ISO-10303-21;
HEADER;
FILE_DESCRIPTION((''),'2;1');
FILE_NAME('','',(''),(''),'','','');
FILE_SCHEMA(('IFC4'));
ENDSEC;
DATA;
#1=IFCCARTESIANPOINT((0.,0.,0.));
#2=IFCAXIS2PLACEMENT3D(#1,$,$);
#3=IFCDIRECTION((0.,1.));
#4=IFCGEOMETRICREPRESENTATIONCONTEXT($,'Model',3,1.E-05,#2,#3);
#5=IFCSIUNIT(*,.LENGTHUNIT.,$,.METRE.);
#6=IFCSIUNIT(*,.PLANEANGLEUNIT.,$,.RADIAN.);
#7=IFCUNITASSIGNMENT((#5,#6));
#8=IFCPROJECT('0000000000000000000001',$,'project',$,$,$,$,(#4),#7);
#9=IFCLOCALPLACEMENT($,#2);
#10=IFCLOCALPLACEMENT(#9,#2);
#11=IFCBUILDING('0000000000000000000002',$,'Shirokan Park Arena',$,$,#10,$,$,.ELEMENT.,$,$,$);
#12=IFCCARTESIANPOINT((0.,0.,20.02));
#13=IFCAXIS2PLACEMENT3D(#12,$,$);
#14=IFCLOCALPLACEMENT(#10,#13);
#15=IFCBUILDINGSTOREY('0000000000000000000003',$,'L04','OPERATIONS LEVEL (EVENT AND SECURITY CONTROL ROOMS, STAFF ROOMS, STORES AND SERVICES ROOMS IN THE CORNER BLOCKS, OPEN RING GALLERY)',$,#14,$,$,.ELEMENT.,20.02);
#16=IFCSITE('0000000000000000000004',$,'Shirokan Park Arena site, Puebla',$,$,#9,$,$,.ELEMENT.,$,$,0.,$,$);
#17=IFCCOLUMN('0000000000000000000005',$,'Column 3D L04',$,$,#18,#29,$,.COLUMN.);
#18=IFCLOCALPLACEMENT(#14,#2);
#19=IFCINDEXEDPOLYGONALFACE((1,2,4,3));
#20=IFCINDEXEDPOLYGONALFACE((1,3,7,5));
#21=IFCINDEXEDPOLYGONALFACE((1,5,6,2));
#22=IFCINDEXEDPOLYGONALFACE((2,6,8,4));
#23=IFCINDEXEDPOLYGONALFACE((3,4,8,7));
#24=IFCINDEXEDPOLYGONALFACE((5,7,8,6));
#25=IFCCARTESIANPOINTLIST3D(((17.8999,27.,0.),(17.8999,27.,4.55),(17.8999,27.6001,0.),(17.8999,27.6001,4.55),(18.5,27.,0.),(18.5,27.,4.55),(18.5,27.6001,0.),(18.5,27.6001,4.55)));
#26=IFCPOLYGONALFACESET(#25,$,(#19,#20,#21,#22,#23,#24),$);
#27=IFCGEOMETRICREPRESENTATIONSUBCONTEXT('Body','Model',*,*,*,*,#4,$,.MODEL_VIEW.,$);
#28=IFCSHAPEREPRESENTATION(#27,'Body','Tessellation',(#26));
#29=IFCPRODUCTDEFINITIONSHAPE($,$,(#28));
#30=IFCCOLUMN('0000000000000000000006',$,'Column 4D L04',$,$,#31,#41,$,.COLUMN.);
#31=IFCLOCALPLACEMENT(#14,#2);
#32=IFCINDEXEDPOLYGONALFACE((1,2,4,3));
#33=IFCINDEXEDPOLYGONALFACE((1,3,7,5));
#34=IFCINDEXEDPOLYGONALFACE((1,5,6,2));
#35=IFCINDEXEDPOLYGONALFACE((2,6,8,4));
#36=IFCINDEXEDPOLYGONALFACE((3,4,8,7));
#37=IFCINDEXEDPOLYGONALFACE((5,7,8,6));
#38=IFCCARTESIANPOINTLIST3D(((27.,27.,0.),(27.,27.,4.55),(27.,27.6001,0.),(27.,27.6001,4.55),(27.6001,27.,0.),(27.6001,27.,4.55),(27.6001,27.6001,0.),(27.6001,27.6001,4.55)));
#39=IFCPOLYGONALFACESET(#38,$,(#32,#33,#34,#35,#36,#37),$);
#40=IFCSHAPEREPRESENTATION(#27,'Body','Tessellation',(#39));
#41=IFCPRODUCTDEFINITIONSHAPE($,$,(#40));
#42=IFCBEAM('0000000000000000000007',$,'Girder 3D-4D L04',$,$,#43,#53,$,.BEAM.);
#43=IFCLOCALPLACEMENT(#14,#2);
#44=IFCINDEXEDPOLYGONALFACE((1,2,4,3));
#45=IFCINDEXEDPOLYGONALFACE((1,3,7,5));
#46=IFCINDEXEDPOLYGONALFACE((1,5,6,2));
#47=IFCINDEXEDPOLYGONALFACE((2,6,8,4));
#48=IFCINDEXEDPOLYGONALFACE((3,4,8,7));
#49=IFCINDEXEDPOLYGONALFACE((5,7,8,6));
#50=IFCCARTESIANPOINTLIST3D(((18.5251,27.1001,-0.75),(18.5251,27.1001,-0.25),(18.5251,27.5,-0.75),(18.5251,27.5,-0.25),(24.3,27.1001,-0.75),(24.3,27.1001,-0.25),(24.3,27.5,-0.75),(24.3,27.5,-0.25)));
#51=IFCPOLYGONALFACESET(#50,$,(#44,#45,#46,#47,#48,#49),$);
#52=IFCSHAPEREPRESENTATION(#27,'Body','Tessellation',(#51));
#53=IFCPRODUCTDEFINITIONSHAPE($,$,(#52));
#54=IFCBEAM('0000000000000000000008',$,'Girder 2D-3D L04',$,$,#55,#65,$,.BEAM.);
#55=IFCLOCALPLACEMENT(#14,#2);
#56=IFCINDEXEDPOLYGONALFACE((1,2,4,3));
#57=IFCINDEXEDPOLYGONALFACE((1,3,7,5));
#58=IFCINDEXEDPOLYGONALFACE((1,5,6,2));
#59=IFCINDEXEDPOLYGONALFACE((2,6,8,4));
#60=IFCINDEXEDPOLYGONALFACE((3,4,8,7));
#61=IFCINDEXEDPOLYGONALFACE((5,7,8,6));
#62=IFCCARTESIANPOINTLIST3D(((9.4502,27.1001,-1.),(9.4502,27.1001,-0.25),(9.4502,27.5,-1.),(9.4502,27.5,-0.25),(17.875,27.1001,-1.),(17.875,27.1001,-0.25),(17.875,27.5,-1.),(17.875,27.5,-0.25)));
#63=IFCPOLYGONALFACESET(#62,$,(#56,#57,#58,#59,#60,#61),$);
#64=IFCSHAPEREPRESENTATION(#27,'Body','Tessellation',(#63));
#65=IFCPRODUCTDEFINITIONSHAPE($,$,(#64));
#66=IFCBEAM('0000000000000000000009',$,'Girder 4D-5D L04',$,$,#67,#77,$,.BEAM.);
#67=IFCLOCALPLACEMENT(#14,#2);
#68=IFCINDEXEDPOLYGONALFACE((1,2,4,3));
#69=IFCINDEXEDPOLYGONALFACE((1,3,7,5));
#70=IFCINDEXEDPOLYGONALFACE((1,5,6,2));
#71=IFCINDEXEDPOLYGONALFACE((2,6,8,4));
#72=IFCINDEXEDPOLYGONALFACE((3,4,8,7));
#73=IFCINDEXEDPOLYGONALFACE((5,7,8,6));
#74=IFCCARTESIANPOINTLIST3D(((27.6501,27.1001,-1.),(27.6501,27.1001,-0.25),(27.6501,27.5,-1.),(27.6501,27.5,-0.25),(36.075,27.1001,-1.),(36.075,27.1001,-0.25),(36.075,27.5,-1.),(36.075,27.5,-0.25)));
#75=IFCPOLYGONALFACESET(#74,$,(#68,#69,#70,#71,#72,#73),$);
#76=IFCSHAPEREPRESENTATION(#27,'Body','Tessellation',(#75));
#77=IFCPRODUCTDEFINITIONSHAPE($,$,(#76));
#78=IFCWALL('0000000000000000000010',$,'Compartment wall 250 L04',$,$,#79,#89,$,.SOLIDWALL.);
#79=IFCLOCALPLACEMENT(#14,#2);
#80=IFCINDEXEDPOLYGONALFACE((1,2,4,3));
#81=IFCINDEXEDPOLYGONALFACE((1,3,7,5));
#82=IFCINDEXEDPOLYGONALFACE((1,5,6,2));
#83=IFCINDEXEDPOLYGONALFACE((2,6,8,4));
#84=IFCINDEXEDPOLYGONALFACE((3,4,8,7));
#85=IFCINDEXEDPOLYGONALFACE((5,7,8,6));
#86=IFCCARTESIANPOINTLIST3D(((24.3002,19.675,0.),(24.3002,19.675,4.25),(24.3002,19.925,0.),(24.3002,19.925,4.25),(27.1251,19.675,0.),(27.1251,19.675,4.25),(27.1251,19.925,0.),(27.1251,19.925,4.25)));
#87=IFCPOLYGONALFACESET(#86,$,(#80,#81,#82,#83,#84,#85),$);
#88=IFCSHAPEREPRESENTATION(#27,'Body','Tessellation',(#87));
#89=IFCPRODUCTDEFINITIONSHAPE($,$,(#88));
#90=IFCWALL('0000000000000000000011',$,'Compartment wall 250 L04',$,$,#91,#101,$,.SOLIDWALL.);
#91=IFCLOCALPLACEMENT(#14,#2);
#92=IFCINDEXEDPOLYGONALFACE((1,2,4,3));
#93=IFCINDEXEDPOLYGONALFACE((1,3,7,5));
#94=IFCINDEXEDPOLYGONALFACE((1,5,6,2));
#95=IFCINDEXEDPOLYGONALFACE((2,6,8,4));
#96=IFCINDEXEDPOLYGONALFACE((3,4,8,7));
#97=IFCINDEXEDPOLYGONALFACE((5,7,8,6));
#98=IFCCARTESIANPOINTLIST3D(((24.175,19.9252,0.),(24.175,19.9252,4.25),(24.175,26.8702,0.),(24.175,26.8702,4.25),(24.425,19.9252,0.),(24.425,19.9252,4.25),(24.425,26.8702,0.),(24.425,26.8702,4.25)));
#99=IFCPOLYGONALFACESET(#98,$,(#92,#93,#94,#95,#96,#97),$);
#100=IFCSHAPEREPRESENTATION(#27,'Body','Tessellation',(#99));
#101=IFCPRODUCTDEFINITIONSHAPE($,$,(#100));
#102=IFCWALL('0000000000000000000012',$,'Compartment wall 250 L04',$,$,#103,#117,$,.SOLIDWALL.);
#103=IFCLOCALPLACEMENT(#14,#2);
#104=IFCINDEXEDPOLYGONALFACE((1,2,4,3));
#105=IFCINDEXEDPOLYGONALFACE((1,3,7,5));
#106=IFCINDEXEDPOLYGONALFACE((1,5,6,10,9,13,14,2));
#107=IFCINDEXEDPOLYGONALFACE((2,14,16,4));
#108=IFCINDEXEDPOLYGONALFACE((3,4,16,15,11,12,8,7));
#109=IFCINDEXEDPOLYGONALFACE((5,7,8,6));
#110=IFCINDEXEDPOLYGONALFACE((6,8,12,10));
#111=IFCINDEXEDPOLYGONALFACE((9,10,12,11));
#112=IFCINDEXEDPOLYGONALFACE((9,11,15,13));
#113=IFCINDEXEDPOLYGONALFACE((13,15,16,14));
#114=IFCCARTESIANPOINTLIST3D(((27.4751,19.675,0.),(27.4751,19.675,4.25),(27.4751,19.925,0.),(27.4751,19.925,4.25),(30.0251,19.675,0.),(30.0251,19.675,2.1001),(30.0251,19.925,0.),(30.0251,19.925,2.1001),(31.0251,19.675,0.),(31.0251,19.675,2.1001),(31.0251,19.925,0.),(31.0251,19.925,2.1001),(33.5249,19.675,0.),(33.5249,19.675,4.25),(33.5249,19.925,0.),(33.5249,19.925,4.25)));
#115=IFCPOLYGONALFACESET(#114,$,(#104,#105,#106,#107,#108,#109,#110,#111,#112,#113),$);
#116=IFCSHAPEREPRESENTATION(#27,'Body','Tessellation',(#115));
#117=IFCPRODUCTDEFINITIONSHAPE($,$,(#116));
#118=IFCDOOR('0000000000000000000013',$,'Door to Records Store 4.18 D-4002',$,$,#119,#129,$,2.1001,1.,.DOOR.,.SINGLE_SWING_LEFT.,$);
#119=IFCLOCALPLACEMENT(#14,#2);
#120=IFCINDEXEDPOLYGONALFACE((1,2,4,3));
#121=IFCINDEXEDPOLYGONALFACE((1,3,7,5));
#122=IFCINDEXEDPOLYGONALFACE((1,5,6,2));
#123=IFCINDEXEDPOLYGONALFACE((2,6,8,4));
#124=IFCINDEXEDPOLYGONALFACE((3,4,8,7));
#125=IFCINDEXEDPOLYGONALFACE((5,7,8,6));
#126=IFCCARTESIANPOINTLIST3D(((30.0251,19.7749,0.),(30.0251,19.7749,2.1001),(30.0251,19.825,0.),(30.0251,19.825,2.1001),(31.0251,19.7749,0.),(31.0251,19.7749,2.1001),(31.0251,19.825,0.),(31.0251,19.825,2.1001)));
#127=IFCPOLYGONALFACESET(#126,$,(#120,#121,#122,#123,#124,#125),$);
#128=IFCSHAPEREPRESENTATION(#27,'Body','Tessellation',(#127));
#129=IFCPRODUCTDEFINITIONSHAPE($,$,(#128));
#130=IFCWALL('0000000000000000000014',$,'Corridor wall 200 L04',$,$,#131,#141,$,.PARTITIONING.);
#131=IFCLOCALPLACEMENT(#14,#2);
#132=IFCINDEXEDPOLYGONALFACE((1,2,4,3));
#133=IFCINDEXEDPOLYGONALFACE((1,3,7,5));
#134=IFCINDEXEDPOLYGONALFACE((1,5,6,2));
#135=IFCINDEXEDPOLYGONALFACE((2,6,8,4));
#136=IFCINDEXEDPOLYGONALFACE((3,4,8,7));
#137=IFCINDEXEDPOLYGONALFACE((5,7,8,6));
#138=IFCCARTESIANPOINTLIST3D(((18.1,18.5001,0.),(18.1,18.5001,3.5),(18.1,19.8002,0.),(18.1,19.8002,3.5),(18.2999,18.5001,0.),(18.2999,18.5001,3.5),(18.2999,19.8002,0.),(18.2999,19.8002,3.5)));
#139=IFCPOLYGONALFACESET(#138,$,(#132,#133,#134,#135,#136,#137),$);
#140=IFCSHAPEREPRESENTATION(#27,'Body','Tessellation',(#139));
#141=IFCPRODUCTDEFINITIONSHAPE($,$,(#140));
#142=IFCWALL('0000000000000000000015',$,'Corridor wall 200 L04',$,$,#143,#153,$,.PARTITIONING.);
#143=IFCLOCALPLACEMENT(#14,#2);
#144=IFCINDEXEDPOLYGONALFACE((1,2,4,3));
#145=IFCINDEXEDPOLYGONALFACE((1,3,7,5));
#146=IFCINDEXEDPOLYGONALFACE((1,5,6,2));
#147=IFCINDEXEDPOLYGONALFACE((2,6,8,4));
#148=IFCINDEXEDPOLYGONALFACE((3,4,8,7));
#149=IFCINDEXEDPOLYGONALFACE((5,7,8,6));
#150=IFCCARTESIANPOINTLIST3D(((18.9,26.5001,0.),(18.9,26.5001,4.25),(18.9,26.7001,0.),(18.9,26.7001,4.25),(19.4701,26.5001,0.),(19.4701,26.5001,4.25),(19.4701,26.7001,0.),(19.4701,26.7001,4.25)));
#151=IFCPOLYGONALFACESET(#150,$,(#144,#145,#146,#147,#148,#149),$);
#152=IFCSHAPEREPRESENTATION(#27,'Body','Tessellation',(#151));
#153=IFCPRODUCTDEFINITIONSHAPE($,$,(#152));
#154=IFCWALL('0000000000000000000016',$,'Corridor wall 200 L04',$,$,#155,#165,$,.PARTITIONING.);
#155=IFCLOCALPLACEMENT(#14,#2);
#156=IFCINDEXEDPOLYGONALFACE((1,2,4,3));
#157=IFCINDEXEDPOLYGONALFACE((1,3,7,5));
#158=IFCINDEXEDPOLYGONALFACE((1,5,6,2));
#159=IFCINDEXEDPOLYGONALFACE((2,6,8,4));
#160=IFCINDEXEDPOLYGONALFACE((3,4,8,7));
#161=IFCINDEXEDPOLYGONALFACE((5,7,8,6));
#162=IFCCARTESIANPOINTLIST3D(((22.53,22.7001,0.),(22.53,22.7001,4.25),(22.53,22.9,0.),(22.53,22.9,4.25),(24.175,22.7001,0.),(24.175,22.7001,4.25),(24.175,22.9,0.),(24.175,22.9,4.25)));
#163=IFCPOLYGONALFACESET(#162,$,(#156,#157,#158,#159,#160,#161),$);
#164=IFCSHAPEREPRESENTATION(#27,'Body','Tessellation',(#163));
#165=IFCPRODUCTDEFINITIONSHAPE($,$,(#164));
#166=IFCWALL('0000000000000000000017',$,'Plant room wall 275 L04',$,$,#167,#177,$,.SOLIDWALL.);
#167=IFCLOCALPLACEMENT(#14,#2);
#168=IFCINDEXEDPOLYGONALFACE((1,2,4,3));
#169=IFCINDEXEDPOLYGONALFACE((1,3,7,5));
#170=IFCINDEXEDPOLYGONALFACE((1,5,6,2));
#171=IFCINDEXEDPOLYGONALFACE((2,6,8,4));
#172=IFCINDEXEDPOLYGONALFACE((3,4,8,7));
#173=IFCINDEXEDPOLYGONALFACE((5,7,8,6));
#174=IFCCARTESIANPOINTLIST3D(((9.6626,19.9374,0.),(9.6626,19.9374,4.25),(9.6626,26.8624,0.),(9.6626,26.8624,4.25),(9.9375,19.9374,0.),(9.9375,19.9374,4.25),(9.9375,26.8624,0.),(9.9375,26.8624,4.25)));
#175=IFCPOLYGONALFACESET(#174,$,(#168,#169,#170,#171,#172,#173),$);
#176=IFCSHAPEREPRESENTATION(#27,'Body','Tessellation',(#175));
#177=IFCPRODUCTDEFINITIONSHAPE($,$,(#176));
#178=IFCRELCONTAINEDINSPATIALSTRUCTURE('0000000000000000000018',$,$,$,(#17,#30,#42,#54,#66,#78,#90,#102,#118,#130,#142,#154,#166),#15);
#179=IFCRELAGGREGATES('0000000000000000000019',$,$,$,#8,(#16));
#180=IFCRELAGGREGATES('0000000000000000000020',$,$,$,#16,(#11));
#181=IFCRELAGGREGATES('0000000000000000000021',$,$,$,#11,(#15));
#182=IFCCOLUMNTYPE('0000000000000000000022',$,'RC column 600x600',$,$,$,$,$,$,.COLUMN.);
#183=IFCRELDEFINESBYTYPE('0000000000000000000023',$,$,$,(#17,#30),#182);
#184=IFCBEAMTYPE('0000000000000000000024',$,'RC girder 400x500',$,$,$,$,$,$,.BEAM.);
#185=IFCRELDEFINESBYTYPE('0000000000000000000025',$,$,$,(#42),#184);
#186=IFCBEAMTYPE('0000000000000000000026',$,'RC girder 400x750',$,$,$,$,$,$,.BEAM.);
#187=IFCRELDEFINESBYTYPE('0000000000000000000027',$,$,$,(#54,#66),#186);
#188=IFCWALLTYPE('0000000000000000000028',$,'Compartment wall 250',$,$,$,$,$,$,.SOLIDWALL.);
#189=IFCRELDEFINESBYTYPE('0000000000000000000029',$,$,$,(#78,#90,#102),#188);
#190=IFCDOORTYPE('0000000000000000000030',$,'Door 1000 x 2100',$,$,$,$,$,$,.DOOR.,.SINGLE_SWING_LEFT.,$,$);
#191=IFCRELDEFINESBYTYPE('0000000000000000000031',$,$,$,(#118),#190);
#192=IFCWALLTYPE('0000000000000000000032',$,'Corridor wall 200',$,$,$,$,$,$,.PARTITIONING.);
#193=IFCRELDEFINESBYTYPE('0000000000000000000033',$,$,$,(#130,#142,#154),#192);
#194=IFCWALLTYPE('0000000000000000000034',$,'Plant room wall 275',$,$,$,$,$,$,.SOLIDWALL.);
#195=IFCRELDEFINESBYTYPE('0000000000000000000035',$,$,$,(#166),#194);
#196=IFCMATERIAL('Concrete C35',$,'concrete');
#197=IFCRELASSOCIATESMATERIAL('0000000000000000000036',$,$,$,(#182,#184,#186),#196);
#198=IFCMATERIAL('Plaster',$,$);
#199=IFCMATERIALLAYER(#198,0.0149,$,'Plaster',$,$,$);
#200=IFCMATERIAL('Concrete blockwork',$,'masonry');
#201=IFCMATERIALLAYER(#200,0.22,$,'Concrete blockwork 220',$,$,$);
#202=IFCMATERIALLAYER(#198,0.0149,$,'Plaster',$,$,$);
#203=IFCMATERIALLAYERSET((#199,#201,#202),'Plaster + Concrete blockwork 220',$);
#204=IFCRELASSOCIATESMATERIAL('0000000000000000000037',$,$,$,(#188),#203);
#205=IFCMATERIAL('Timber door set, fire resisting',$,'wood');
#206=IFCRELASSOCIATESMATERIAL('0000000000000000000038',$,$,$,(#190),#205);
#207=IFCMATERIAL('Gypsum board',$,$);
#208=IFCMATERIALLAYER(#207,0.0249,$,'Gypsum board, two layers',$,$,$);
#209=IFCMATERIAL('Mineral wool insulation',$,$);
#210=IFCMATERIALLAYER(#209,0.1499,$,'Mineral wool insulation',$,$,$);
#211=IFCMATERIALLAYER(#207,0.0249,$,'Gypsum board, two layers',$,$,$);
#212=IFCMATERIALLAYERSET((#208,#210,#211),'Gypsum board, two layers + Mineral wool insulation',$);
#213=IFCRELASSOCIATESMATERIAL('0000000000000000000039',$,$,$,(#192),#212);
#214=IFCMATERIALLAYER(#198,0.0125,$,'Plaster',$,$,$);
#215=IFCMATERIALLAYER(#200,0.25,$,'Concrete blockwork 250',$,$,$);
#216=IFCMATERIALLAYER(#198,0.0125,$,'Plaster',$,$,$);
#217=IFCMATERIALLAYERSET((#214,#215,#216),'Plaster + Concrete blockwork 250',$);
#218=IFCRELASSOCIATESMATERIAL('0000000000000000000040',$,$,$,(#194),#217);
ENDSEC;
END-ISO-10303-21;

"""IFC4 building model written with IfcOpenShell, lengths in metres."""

from ifc_helpers import new_model, si_unit, direction, frame, frame_2d, origin, origin_2d, place, context, subcontext, project, spatial, rectangle, extrude, material, layer, layer_set, material_profile, profile_set, type_object, element, fill, save


model = new_model("IFC4")

# Units and contexts
model_context = context("Model", 3, precision=1e-05, world=origin(), true_north=direction((0.0, 1.0)))
body_context = subcontext(model_context, "Body", "Model", "MODEL_VIEW")
ifc_project = project(units=[si_unit("LENGTHUNIT", "METRE"), si_unit("PLANEANGLEUNIT", "RADIAN")], contexts=[model_context])

# Site, building, storey
site_placement = place(None, origin())
site = spatial("IfcSite", under=ifc_project, at=site_placement, Name="Shirokan Park Arena site, Puebla", CompositionType="ELEMENT", RefElevation=0.0)
building_placement = place(site_placement, origin())
building = spatial("IfcBuilding", under=site, at=building_placement, Name="Shirokan Park Arena", CompositionType="ELEMENT")
storey_placement = place(building_placement, frame((0.0, 0.0, 20.02)))
storey = spatial("IfcBuildingStorey", under=building, at=storey_placement, Name="L04", Description="OPERATIONS LEVEL (EVENT AND SECURITY CONTROL ROOMS, STAFF ROOMS, STORES AND SERVICES ROOMS IN THE CORNER BLOCKS, OPEN RING GALLERY)", CompositionType="ELEMENT", Elevation=20.02)

# Columns
ifc_material_1 = material(Name="Concrete C35", Category="concrete")
ifc_material_profile_1 = material_profile(ifc_material_1, rectangle(XDim=0.6001, YDim=0.6001, at=origin_2d()), Name="600x600")
ifc_profile_set_1 = profile_set([ifc_material_profile_1], Name="Concrete C35")
column_type = type_object("IfcColumnType", Name="RC column 600x600", PredefinedType="COLUMN", material=ifc_profile_set_1)
for number, where, z_axis, x_axis, name in (
    (1, (18.2, 27.3, 0.0), (0.0, 0.0, 1.0), (1.0, 0.0, 0.0), "Column 3D L04"),
    (2, (27.3, 27.3, 0.0), (0.0, 0.0, 1.0), (1.0, 0.0, 0.0), "Column 4D L04"),
):
    element("IfcColumn", number, at=place(storey_placement, frame(where, z_axis=z_axis, x_axis=x_axis)), inside=storey, type_object=column_type, Name=name, PredefinedType="COLUMN", context=body_context, shape_type="SweptSolid", body=[
        extrude(rectangle(XDim=0.6001, YDim=0.6001, at=origin_2d()), origin(), (0.0, 0.0, 1.0), 4.55),
    ])

# Beams
ifc_material_profile_2 = material_profile(ifc_material_1, rectangle(XDim=0.3999, YDim=0.5, at=origin_2d()), Name="400x500")
ifc_profile_set_2 = profile_set([ifc_material_profile_2], Name="Concrete C35")
beam_type_1 = type_object("IfcBeamType", Name="RC girder 400x500", PredefinedType="BEAM", material=ifc_profile_set_2)
beam_placement = place(storey_placement, frame((18.5251, 27.3, -0.5), z_axis=(1.0, 0.0, 0.0), x_axis=(0.0, 1.0, 0.0)))
element("IfcBeam", 3, at=beam_placement, inside=storey, type_object=beam_type_1, Name="Girder 3D-4D L04", PredefinedType="BEAM", context=body_context, shape_type="SweptSolid", body=[
    extrude(rectangle(XDim=0.3999, YDim=0.5, at=origin_2d()), origin(), (0.0, 0.0, 1.0), 5.7749),
])
ifc_material_profile_3 = material_profile(ifc_material_1, rectangle(XDim=0.3999, YDim=0.75, at=origin_2d()), Name="400x750")
ifc_profile_set_3 = profile_set([ifc_material_profile_3], Name="Concrete C35")
beam_type_2 = type_object("IfcBeamType", Name="RC girder 400x750", PredefinedType="BEAM", material=ifc_profile_set_3)
for number, where, z_axis, x_axis, name in (
    (4, (9.4502, 27.3, -0.625), (1.0, 0.0, 0.0), (0.0, 1.0, 0.0), "Girder 2D-3D L04"),
    (5, (27.6501, 27.3, -0.625), (1.0, 0.0, 0.0), (0.0, 1.0, 0.0), "Girder 4D-5D L04"),
):
    element("IfcBeam", number, at=place(storey_placement, frame(where, z_axis=z_axis, x_axis=x_axis)), inside=storey, type_object=beam_type_2, Name=name, PredefinedType="BEAM", context=body_context, shape_type="SweptSolid", body=[
        extrude(rectangle(XDim=0.3999, YDim=0.75, at=origin_2d()), origin(), (0.0, 0.0, 1.0), 8.4248),
    ])

# Walls
ifc_material_2 = material(Name="Plaster")
ifc_layer_1 = layer(ifc_material_2, 0.0149, Name="Plaster")
ifc_material_3 = material(Name="Concrete blockwork", Category="masonry")
ifc_layer_2 = layer(ifc_material_3, 0.22, Name="Concrete blockwork 220")
ifc_layer_3 = layer(ifc_material_2, 0.0149, Name="Plaster")
ifc_layer_set_1 = layer_set([ifc_layer_1, ifc_layer_2, ifc_layer_3], Name="Plaster + Concrete blockwork 220")
wall_type_1 = type_object("IfcWallType", Name="Compartment wall 250", PredefinedType="SOLIDWALL", material=ifc_layer_set_1)
wall_1_placement = place(storey_placement, frame((24.3, 19.8, 0.0), z_axis=(0.0, 0.0, 1.0), x_axis=(1.0, 0.0, 0.0)))
element("IfcWall", 6, at=wall_1_placement, inside=storey, type_object=wall_type_1, Name="Compartment wall 250 L04", PredefinedType="SOLIDWALL", context=body_context, shape_type="SweptSolid", body=[
    extrude(rectangle(XDim=2.825, YDim=0.25, at=frame_2d((1.4126, 0.0))), origin(), (0.0, 0.0, 1.0), 4.25),
])
wall_2_placement = place(storey_placement, frame((24.3, 19.925, 0.0), z_axis=(0.0, 0.0, 1.0), x_axis=(0.0, 1.0, 0.0)))
element("IfcWall", 7, at=wall_2_placement, inside=storey, type_object=wall_type_1, Name="Compartment wall 250 L04", PredefinedType="SOLIDWALL", context=body_context, shape_type="SweptSolid", body=[
    extrude(rectangle(XDim=6.9451, YDim=0.25, at=frame_2d((3.4727, 0.0))), origin(), (0.0, 0.0, 1.0), 4.25),
])

# Wall, opening, door
wall_3_placement = place(storey_placement, frame((27.4751, 19.8, 0.0), z_axis=(0.0, 0.0, 1.0), x_axis=(1.0, 0.0, 0.0)))
wall_3 = element("IfcWall", 8, at=wall_3_placement, inside=storey, type_object=wall_type_1, Name="Compartment wall 250 L04", PredefinedType="SOLIDWALL", context=body_context, shape_type="SweptSolid", body=[
    extrude(rectangle(XDim=6.0498, YDim=0.25, at=frame_2d((3.0249, 0.0))), origin(), (0.0, 0.0, 1.0), 4.25),
])
opening_1_placement = place(wall_3_placement, frame((2.55, 0.0, 0.0)))
opening_1 = element("IfcOpeningElement", 9, at=opening_1_placement, cuts=wall_3, PredefinedType="OPENING", context=body_context, shape_type="SweptSolid", body=[
    extrude(rectangle(XDim=1.0, YDim=2.1001, at=frame_2d((0.5, 1.05))), frame((0.0, 0.135, 0.0), z_axis=(0.0, -1.0, 0.0), x_axis=(1.0, 0.0, 0.0)), (0.0, 0.0, 1.0), 0.27),
])
ifc_material_4 = material(Name="Timber door set, fire resisting", Category="wood")
door_type_1 = type_object("IfcDoorType", Name="Door 1000 x 2100", OperationType="SINGLE_SWING_LEFT", PredefinedType="DOOR", material=ifc_material_4)
door_1_placement = place(opening_1_placement, origin())
door_1 = element("IfcDoor", 10, at=door_1_placement, inside=storey, type_object=door_type_1, Name="Door to Records Store 4.18 D-4002", OperationType="SINGLE_SWING_LEFT", OverallHeight=2.1001, OverallWidth=1.0, PredefinedType="DOOR", context=body_context, shape_type="SweptSolid", body=[
    extrude(rectangle(XDim=1.0, YDim=2.1001, at=frame_2d((0.5, 1.05))), frame((0.0, 0.0249, 0.0), z_axis=(0.0, -1.0, 0.0), x_axis=(1.0, 0.0, 0.0)), (0.0, 0.0, 1.0), 0.05),
])
fill(opening_1, door_1)

# Wall
ifc_material_5 = material(Name="Gypsum board")
ifc_layer_4 = layer(ifc_material_5, 0.0249, Name="Gypsum board, two layers")
ifc_material_6 = material(Name="Mineral wool insulation")
ifc_layer_5 = layer(ifc_material_6, 0.1499, Name="Mineral wool insulation")
ifc_layer_6 = layer(ifc_material_5, 0.0249, Name="Gypsum board, two layers")
ifc_layer_set_2 = layer_set([ifc_layer_4, ifc_layer_5, ifc_layer_6], Name="Gypsum board, two layers + Mineral wool insulation")
wall_type_2 = type_object("IfcWallType", Name="Corridor wall 200", PredefinedType="PARTITIONING", material=ifc_layer_set_2)
wall_4_placement = place(storey_placement, frame((18.2, 19.8, 0.0), z_axis=(0.0, 0.0, 1.0), x_axis=(0.0, -1.0, 0.0)))
element("IfcWall", 11, at=wall_4_placement, inside=storey, type_object=wall_type_2, Name="Corridor wall 200 L04", PredefinedType="PARTITIONING", context=body_context, shape_type="SweptSolid", body=[
    extrude(rectangle(XDim=1.3, YDim=0.2, at=frame_2d((0.6499, 0.0))), origin(), (0.0, 0.0, 1.0), 3.5),
])

# Walls
wall_5_placement = place(storey_placement, frame((18.8999, 26.6001, 0.0), z_axis=(0.0, 0.0, 1.0), x_axis=(1.0, 0.0, 0.0)))
element("IfcWall", 12, at=wall_5_placement, inside=storey, type_object=wall_type_2, Name="Corridor wall 200 L04", PredefinedType="PARTITIONING", context=body_context, shape_type="SweptSolid", body=[
    extrude(rectangle(XDim=0.5701, YDim=0.2, at=frame_2d((0.2852, 0.0))), origin(), (0.0, 0.0, 1.0), 4.25),
])
wall_6_placement = place(storey_placement, frame((22.53, 22.8, 0.0), z_axis=(0.0, 0.0, 1.0), x_axis=(1.0, 0.0, 0.0)))
element("IfcWall", 13, at=wall_6_placement, inside=storey, type_object=wall_type_2, Name="Corridor wall 200 L04", PredefinedType="PARTITIONING", context=body_context, shape_type="SweptSolid", body=[
    extrude(rectangle(XDim=1.645, YDim=0.2, at=frame_2d((0.8225, 0.0))), origin(), (0.0, 0.0, 1.0), 4.25),
])
ifc_layer_7 = layer(ifc_material_2, 0.0125, Name="Plaster")
ifc_layer_8 = layer(ifc_material_3, 0.25, Name="Concrete blockwork 250")
ifc_layer_9 = layer(ifc_material_2, 0.0125, Name="Plaster")
ifc_layer_set_3 = layer_set([ifc_layer_7, ifc_layer_8, ifc_layer_9], Name="Plaster + Concrete blockwork 250")
wall_type_3 = type_object("IfcWallType", Name="Plant room wall 275", PredefinedType="SOLIDWALL", material=ifc_layer_set_3)
wall_7_placement = place(storey_placement, frame((9.8, 19.9375, 0.0), z_axis=(0.0, 0.0, 1.0), x_axis=(0.0, 1.0, 0.0)))
element("IfcWall", 14, at=wall_7_placement, inside=storey, type_object=wall_type_3, Name="Plant room wall 275 L04", PredefinedType="SOLIDWALL", context=body_context, shape_type="SweptSolid", body=[
    extrude(rectangle(XDim=6.925, YDim=0.2749, at=frame_2d((3.4624, 0.0))), origin(), (0.0, 0.0, 1.0), 4.25),
])

save(model, "model.ifc")
